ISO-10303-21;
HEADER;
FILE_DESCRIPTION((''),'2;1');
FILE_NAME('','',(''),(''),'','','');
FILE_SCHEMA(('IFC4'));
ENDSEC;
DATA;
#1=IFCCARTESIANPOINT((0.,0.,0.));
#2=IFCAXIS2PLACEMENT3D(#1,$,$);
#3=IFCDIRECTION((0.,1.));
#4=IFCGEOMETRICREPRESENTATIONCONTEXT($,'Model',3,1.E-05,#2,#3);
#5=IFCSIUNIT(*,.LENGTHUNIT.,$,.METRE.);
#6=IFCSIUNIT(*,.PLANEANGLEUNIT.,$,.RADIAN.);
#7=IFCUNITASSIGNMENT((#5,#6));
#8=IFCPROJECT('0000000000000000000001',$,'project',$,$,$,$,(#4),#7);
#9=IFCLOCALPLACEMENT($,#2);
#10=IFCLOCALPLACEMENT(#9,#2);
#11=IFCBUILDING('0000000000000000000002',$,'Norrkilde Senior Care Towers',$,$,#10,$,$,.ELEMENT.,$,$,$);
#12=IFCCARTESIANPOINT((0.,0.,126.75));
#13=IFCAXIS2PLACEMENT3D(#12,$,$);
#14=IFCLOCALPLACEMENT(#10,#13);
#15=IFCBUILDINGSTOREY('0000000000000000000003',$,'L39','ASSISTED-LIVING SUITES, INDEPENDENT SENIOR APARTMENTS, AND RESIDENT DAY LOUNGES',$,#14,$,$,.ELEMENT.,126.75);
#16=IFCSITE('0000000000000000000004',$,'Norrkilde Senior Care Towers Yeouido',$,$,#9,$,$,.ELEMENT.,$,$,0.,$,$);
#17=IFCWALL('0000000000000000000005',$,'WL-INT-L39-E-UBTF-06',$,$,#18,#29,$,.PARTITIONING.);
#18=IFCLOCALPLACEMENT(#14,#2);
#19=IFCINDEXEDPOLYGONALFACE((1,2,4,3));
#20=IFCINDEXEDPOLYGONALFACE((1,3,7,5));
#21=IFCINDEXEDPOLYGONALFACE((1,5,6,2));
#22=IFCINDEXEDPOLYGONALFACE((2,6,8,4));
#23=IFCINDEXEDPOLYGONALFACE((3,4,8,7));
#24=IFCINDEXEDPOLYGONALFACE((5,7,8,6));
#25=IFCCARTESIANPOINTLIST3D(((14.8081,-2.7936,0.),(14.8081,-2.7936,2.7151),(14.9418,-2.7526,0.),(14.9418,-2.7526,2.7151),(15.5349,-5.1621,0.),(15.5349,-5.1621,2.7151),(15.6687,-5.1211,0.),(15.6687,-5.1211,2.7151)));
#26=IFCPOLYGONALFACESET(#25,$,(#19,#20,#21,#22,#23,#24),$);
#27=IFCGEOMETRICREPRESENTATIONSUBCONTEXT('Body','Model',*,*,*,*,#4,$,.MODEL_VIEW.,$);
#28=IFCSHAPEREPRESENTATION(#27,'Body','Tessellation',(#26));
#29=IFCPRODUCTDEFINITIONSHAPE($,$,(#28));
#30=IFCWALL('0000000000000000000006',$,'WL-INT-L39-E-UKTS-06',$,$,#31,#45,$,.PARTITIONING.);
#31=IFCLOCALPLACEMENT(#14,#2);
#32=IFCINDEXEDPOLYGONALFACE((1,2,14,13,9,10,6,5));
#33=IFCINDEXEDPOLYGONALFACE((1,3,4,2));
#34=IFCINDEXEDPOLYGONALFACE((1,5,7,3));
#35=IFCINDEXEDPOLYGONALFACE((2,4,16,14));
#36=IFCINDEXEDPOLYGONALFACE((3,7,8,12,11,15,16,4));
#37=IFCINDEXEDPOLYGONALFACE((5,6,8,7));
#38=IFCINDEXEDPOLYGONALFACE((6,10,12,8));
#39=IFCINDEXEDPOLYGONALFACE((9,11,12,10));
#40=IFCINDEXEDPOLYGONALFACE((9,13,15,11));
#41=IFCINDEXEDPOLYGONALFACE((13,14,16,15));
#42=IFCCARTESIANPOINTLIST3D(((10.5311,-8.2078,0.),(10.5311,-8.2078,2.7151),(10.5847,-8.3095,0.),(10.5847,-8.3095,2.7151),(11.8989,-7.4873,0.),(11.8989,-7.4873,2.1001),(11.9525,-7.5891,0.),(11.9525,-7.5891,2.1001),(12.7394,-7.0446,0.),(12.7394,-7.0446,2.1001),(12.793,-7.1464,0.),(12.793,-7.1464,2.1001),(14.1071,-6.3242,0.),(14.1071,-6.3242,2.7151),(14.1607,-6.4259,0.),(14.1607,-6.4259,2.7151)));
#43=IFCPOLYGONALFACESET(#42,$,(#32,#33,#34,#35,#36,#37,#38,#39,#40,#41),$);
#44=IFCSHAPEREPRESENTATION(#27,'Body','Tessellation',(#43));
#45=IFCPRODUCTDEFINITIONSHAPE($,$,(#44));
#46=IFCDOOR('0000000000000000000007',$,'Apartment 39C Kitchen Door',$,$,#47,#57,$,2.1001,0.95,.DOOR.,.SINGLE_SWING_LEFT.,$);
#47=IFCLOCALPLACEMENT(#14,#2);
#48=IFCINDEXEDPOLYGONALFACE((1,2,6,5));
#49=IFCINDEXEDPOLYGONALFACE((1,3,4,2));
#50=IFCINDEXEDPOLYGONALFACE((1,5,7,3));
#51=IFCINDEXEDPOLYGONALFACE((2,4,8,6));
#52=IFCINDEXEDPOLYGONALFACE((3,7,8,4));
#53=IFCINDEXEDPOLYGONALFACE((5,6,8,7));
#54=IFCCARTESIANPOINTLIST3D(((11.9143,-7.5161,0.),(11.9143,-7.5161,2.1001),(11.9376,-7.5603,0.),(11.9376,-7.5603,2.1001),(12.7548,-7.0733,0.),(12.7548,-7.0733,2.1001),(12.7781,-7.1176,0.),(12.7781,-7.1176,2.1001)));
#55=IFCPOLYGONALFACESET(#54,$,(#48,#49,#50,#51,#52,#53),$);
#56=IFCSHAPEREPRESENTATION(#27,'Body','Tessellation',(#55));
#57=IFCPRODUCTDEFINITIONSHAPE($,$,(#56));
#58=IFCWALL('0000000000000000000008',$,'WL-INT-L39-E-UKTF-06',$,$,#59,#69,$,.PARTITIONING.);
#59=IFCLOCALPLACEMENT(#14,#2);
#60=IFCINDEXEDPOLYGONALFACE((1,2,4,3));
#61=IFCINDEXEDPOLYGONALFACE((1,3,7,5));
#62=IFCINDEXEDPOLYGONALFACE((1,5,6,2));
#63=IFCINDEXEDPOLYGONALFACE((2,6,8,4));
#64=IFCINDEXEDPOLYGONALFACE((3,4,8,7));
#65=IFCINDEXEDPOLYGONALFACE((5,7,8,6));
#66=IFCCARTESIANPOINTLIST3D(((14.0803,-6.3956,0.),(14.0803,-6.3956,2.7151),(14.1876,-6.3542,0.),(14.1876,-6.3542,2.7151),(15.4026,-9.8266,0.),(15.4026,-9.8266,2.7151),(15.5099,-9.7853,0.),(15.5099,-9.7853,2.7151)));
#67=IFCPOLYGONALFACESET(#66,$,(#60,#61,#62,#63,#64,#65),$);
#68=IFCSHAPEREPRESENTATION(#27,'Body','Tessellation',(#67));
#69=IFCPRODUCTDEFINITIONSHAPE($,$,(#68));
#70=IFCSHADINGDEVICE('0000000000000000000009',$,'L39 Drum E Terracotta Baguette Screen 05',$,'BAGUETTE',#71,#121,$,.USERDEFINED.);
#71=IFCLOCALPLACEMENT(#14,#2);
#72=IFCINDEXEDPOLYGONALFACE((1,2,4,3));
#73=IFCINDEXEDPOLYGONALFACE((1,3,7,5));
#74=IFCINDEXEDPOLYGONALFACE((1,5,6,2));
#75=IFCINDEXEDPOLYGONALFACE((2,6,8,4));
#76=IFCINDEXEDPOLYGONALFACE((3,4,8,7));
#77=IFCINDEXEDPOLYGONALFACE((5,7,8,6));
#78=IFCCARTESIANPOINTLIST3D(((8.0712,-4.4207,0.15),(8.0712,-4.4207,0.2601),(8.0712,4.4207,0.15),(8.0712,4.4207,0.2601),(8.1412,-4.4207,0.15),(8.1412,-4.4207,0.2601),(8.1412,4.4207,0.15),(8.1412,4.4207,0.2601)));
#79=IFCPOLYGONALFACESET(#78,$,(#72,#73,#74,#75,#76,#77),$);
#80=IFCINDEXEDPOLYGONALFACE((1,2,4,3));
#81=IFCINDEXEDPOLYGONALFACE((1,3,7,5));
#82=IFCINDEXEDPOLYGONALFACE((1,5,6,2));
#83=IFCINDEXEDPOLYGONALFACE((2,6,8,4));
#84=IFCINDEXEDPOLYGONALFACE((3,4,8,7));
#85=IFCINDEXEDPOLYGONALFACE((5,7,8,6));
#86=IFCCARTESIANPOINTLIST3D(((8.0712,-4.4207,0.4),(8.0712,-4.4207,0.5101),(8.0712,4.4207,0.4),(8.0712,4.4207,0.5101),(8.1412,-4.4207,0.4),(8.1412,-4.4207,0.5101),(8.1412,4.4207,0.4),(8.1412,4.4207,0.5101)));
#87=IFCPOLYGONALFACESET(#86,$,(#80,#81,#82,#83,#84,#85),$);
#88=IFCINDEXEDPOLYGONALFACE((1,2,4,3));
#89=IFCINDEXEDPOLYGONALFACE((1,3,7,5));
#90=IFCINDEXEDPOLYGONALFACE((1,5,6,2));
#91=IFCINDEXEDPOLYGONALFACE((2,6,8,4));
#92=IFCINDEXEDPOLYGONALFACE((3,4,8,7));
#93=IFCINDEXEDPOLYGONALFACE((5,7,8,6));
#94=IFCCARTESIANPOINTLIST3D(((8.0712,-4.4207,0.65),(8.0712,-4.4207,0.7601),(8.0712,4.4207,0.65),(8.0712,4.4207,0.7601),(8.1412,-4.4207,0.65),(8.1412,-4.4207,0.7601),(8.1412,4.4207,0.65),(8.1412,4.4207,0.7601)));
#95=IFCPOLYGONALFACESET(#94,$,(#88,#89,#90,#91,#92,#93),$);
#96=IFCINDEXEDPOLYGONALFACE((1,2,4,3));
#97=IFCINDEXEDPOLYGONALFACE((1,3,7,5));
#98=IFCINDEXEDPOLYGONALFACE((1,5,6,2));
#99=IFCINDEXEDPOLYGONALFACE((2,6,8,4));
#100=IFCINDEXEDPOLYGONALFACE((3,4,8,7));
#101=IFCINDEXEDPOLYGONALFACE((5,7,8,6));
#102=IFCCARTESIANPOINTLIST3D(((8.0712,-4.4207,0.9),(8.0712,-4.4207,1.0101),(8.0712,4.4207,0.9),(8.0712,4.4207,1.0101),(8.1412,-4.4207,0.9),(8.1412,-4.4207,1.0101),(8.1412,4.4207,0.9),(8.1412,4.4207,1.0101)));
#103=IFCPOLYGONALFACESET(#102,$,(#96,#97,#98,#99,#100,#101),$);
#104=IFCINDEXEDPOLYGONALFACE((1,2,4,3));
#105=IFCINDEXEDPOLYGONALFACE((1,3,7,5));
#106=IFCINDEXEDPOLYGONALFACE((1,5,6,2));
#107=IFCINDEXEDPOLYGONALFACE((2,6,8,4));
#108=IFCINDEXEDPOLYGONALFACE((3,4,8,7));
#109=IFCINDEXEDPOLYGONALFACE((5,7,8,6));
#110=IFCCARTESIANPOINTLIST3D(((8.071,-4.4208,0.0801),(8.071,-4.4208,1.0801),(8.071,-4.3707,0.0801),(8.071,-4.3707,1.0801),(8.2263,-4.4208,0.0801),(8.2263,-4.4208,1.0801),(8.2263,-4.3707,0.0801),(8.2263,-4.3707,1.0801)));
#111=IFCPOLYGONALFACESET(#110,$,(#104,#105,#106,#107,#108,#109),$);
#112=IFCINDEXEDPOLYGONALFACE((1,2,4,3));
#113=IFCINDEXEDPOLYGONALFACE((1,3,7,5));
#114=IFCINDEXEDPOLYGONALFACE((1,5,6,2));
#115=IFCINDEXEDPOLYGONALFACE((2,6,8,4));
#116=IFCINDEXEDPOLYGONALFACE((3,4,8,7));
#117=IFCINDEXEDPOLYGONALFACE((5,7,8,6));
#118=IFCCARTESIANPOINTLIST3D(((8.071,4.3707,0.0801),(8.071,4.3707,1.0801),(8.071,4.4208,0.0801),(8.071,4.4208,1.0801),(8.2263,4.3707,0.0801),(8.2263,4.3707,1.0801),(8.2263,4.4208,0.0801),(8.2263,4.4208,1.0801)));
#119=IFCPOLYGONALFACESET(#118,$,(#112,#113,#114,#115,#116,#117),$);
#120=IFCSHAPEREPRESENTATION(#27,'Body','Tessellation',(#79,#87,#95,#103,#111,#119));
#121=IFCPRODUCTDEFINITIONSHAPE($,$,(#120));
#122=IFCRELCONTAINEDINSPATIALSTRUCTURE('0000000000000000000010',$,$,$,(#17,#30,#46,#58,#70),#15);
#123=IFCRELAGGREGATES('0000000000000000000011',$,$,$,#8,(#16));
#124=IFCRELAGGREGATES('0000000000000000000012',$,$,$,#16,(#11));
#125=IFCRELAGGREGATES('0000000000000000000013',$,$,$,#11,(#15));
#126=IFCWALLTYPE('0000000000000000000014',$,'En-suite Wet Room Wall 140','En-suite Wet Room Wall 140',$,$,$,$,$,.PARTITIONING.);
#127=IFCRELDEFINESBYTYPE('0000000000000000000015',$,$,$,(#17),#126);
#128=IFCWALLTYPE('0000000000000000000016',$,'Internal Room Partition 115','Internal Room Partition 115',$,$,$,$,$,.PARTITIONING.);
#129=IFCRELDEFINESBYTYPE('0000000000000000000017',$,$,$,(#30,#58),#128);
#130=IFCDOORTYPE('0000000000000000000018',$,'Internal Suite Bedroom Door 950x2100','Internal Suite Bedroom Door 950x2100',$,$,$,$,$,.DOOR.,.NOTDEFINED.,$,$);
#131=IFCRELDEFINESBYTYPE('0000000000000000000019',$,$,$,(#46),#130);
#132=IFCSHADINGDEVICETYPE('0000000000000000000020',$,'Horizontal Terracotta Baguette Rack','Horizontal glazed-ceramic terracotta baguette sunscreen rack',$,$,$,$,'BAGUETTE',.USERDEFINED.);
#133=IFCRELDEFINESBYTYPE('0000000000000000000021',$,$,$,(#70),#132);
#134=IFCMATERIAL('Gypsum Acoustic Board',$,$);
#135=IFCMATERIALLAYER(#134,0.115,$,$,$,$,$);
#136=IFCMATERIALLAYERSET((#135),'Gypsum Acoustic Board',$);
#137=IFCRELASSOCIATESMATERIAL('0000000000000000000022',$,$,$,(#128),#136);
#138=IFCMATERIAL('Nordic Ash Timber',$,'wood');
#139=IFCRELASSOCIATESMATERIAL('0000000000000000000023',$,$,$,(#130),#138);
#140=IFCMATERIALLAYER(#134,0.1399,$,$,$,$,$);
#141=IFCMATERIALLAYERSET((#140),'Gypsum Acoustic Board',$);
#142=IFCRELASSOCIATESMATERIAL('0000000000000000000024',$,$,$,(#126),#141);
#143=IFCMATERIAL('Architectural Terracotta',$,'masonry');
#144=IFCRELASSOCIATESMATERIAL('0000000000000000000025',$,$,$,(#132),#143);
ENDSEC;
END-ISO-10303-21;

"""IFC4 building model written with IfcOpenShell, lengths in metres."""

from ifc_helpers import new_model, si_unit, direction, frame, frame_2d, origin, origin_2d, place, context, subcontext, project, spatial, rectangle, extrude, source, transform, mapped, material, layer, layer_set, type_object, type_shapes, element, fill, save


model = new_model("IFC4")

# Units and contexts
model_context = context("Model", 3, precision=1e-05, world=origin(), true_north=direction((0.0, 1.0)))
body_context = subcontext(model_context, "Body", "Model", "MODEL_VIEW")
ifc_project = project(units=[si_unit("LENGTHUNIT", "METRE"), si_unit("PLANEANGLEUNIT", "RADIAN")], contexts=[model_context])

# Site, building, storey
site_placement = place(None, origin())
site = spatial("IfcSite", under=ifc_project, at=site_placement, Name="Norrkilde Senior Care Towers Yeouido", CompositionType="ELEMENT", RefElevation=0.0)
building_placement = place(site_placement, origin())
building = spatial("IfcBuilding", under=site, at=building_placement, Name="Norrkilde Senior Care Towers", CompositionType="ELEMENT")
storey_placement = place(building_placement, frame((0.0, 0.0, 126.75)))
storey = spatial("IfcBuildingStorey", under=building, at=storey_placement, Name="L39", Description="ASSISTED-LIVING SUITES, INDEPENDENT SENIOR APARTMENTS, AND RESIDENT DAY LOUNGES", CompositionType="ELEMENT", Elevation=126.75)

# Shared definitions
ifc_material_1 = material(Name="Gypsum Acoustic Board")
ifc_material_2 = material(Name="Nordic Ash Timber", Category="wood")

# Shared definitions
ifc_layer_1 = layer(ifc_material_1, 0.115)
ifc_layer_set_1 = layer_set([ifc_layer_1], Name="Gypsum Acoustic Board")
wall_type_1 = type_object("IfcWallType", Name="Internal Room Partition 115", Description="Internal Room Partition 115", PredefinedType="PARTITIONING", material=ifc_layer_set_1)
door_type_1 = type_object("IfcDoorType", Name="Internal Suite Bedroom Door 950x2100", Description="Internal Suite Bedroom Door 950x2100", OperationType="NOTDEFINED", PredefinedType="DOOR", material=ifc_material_2)
shared_shape_1 = source(origin(), body_context, "Body", "SweptSolid", [
    extrude(rectangle(XDim=0.95, YDim=2.1001, at=frame_2d((0.4751, 1.05))), frame((0.0, 0.0249, 0.0), z_axis=(0.0, -1.0, 0.0), x_axis=(1.0, 0.0, 0.0)), (0.0, 0.0, 1.0), 0.05),
])
type_shapes(door_type_1, [shared_shape_1])

# Shared definitions
ifc_layer_2 = layer(ifc_material_1, 0.1399)
ifc_layer_set_2 = layer_set([ifc_layer_2], Name="Gypsum Acoustic Board")
wall_type_2 = type_object("IfcWallType", Name="En-suite Wet Room Wall 140", Description="En-suite Wet Room Wall 140", PredefinedType="PARTITIONING", material=ifc_layer_set_2)

# Wall
shared_shape_2 = source(origin(), body_context, "Body", "SweptSolid", [
    extrude(rectangle(XDim=2.4775, YDim=0.1399, at=frame_2d((1.2388, 0.0))), origin(), (0.0, 0.0, 1.0), 2.7151),
])
wall_1_placement = place(storey_placement, frame((15.6018, -5.1416, 0.0), z_axis=(0.0, 0.0, 1.0), x_axis=(-0.293373, 0.955998, 0.0)))
element("IfcWall", 1, at=wall_1_placement, inside=storey, type_object=wall_type_2, Name="WL-INT-L39-E-UBTF-06", PredefinedType="PARTITIONING", context=body_context, shape_type="MappedRepresentation", body=[
    mapped(shared_shape_2, transform((0.0, 0.0, 0.0), x_axis=(1.0, 0.0, 0.0), y_axis=(0.0, 1.0, 0.0), z_axis=(0.0, 0.0, 1.0), scale=1.0)),
])

# Wall, opening, door
shared_shape_3 = source(origin(), body_context, "Body", "SweptSolid", [
    extrude(rectangle(XDim=4.0417, YDim=0.115, at=frame_2d((2.021, 0.0))), origin(), (0.0, 0.0, 1.0), 2.7151),
])
wall_2_placement = place(storey_placement, frame((14.134, -6.375, 0.0), z_axis=(0.0, 0.0, 1.0), x_axis=(-0.884767, -0.466033, 0.0)))
wall_2 = element("IfcWall", 2, at=wall_2_placement, inside=storey, type_object=wall_type_1, Name="WL-INT-L39-E-UKTS-06", PredefinedType="PARTITIONING", context=body_context, shape_type="MappedRepresentation", body=[
    mapped(shared_shape_3, transform((0.0, 0.0, 0.0), x_axis=(1.0, 0.0, 0.0), y_axis=(0.0, 1.0, 0.0), z_axis=(0.0, 0.0, 1.0), scale=1.0)),
])
opening_1_placement = place(wall_2_placement, frame((1.5459, 0.0, 0.0)))
opening_1 = element("IfcOpeningElement", 3, at=opening_1_placement, cuts=wall_2, PredefinedType="OPENING", context=body_context, shape_type="SweptSolid", body=[
    extrude(rectangle(XDim=0.95, YDim=2.1001, at=frame_2d((0.4751, 1.05))), frame((0.0, 0.0674, 0.0), z_axis=(0.0, -1.0, 0.0), x_axis=(1.0, 0.0, 0.0)), (0.0, 0.0, 1.0), 0.135),
])
door_1_placement = place(opening_1_placement, frame((0.95, 0.0, 0.0), z_axis=(0.0, 0.0, 1.0), x_axis=(-1.0, 0.0, 0.0)))
door_1 = element("IfcDoor", 4, at=door_1_placement, inside=storey, type_object=door_type_1, Name="Apartment 39C Kitchen Door", OperationType="SINGLE_SWING_LEFT", OverallHeight=2.1001, OverallWidth=0.95, PredefinedType="DOOR", context=body_context, shape_type="MappedRepresentation", body=[
    mapped(shared_shape_1, transform((0.0, 0.0, 0.0), x_axis=(1.0, 0.0, 0.0), y_axis=(0.0, 1.0, 0.0), z_axis=(0.0, 0.0, 1.0), scale=1.0)),
])
fill(opening_1, door_1)

# Wall
shared_shape_4 = source(origin(), body_context, "Body", "SweptSolid", [
    extrude(rectangle(XDim=3.677, YDim=0.115, at=frame_2d((1.8384, 0.0))), origin(), (0.0, 0.0, 1.0), 2.7151),
])
wall_3_placement = place(storey_placement, frame((14.134, -6.375, 0.0), z_axis=(0.0, 0.0, 1.0), x_axis=(0.359593, -0.933109, 0.0)))
element("IfcWall", 5, at=wall_3_placement, inside=storey, type_object=wall_type_1, Name="WL-INT-L39-E-UKTF-06", PredefinedType="PARTITIONING", context=body_context, shape_type="MappedRepresentation", body=[
    mapped(shared_shape_4, transform((0.0, 0.0, 0.0), x_axis=(1.0, 0.0, 0.0), y_axis=(0.0, 1.0, 0.0), z_axis=(0.0, 0.0, 1.0), scale=1.0)),
])

# Shading device
ifc_material_3 = material(Name="Architectural Terracotta", Category="masonry")
shading_device_type = type_object("IfcShadingDeviceType", Name="Horizontal Terracotta Baguette Rack", Description="Horizontal glazed-ceramic terracotta baguette sunscreen rack", ElementType="BAGUETTE", PredefinedType="USERDEFINED", material=ifc_material_3)
shared_shape_5 = source(origin(), body_context, "Body", "SweptSolid", [
    extrude(rectangle(XDim=0.0701, YDim=0.1101, at=origin_2d()), frame((0.0, 0.0901, 0.125), z_axis=(1.0, 0.0, 0.0), x_axis=(0.0, 1.0, 0.0)), (0.0, 0.0, 1.0), 8.8413),
    extrude(rectangle(XDim=0.0701, YDim=0.1101, at=origin_2d()), frame((0.0, 0.0901, 0.375), z_axis=(1.0, 0.0, 0.0), x_axis=(0.0, 1.0, 0.0)), (0.0, 0.0, 1.0), 8.8413),
    extrude(rectangle(XDim=0.0701, YDim=0.1101, at=origin_2d()), frame((0.0, 0.0901, 0.625), z_axis=(1.0, 0.0, 0.0), x_axis=(0.0, 1.0, 0.0)), (0.0, 0.0, 1.0), 8.8413),
    extrude(rectangle(XDim=0.0701, YDim=0.1101, at=origin_2d()), frame((0.0, 0.0901, 0.875), z_axis=(1.0, 0.0, 0.0), x_axis=(0.0, 1.0, 0.0)), (0.0, 0.0, 1.0), 8.8413),
    extrude(rectangle(XDim=0.05, YDim=0.1553, at=origin_2d()), frame((0.0249, 0.0476, 0.0)), (0.0, 0.0, 1.0), 1.0),
    extrude(rectangle(XDim=0.05, YDim=0.1553, at=origin_2d()), frame((8.8164, 0.0476, 0.0)), (0.0, 0.0, 1.0), 1.0),
])
type_shapes(shading_device_type, [shared_shape_5])
shading_device_placement = place(storey_placement, frame((8.1963, -4.4207, 0.0801), z_axis=(0.0, 0.0, 1.0), x_axis=(0.0, 1.0, 0.0)))
element("IfcShadingDevice", 6, at=shading_device_placement, inside=storey, type_object=shading_device_type, Name="L39 Drum E Terracotta Baguette Screen 05", ObjectType="BAGUETTE", PredefinedType="USERDEFINED", context=body_context, shape_type="MappedRepresentation", body=[
    mapped(shared_shape_5, transform((0.0, 0.0, 0.0), x_axis=(1.0, 0.0, 0.0), y_axis=(0.0, 1.0, 0.0), z_axis=(0.0, 0.0, 1.0), scale=1.0)),
])

save(model, "model.ifc")
